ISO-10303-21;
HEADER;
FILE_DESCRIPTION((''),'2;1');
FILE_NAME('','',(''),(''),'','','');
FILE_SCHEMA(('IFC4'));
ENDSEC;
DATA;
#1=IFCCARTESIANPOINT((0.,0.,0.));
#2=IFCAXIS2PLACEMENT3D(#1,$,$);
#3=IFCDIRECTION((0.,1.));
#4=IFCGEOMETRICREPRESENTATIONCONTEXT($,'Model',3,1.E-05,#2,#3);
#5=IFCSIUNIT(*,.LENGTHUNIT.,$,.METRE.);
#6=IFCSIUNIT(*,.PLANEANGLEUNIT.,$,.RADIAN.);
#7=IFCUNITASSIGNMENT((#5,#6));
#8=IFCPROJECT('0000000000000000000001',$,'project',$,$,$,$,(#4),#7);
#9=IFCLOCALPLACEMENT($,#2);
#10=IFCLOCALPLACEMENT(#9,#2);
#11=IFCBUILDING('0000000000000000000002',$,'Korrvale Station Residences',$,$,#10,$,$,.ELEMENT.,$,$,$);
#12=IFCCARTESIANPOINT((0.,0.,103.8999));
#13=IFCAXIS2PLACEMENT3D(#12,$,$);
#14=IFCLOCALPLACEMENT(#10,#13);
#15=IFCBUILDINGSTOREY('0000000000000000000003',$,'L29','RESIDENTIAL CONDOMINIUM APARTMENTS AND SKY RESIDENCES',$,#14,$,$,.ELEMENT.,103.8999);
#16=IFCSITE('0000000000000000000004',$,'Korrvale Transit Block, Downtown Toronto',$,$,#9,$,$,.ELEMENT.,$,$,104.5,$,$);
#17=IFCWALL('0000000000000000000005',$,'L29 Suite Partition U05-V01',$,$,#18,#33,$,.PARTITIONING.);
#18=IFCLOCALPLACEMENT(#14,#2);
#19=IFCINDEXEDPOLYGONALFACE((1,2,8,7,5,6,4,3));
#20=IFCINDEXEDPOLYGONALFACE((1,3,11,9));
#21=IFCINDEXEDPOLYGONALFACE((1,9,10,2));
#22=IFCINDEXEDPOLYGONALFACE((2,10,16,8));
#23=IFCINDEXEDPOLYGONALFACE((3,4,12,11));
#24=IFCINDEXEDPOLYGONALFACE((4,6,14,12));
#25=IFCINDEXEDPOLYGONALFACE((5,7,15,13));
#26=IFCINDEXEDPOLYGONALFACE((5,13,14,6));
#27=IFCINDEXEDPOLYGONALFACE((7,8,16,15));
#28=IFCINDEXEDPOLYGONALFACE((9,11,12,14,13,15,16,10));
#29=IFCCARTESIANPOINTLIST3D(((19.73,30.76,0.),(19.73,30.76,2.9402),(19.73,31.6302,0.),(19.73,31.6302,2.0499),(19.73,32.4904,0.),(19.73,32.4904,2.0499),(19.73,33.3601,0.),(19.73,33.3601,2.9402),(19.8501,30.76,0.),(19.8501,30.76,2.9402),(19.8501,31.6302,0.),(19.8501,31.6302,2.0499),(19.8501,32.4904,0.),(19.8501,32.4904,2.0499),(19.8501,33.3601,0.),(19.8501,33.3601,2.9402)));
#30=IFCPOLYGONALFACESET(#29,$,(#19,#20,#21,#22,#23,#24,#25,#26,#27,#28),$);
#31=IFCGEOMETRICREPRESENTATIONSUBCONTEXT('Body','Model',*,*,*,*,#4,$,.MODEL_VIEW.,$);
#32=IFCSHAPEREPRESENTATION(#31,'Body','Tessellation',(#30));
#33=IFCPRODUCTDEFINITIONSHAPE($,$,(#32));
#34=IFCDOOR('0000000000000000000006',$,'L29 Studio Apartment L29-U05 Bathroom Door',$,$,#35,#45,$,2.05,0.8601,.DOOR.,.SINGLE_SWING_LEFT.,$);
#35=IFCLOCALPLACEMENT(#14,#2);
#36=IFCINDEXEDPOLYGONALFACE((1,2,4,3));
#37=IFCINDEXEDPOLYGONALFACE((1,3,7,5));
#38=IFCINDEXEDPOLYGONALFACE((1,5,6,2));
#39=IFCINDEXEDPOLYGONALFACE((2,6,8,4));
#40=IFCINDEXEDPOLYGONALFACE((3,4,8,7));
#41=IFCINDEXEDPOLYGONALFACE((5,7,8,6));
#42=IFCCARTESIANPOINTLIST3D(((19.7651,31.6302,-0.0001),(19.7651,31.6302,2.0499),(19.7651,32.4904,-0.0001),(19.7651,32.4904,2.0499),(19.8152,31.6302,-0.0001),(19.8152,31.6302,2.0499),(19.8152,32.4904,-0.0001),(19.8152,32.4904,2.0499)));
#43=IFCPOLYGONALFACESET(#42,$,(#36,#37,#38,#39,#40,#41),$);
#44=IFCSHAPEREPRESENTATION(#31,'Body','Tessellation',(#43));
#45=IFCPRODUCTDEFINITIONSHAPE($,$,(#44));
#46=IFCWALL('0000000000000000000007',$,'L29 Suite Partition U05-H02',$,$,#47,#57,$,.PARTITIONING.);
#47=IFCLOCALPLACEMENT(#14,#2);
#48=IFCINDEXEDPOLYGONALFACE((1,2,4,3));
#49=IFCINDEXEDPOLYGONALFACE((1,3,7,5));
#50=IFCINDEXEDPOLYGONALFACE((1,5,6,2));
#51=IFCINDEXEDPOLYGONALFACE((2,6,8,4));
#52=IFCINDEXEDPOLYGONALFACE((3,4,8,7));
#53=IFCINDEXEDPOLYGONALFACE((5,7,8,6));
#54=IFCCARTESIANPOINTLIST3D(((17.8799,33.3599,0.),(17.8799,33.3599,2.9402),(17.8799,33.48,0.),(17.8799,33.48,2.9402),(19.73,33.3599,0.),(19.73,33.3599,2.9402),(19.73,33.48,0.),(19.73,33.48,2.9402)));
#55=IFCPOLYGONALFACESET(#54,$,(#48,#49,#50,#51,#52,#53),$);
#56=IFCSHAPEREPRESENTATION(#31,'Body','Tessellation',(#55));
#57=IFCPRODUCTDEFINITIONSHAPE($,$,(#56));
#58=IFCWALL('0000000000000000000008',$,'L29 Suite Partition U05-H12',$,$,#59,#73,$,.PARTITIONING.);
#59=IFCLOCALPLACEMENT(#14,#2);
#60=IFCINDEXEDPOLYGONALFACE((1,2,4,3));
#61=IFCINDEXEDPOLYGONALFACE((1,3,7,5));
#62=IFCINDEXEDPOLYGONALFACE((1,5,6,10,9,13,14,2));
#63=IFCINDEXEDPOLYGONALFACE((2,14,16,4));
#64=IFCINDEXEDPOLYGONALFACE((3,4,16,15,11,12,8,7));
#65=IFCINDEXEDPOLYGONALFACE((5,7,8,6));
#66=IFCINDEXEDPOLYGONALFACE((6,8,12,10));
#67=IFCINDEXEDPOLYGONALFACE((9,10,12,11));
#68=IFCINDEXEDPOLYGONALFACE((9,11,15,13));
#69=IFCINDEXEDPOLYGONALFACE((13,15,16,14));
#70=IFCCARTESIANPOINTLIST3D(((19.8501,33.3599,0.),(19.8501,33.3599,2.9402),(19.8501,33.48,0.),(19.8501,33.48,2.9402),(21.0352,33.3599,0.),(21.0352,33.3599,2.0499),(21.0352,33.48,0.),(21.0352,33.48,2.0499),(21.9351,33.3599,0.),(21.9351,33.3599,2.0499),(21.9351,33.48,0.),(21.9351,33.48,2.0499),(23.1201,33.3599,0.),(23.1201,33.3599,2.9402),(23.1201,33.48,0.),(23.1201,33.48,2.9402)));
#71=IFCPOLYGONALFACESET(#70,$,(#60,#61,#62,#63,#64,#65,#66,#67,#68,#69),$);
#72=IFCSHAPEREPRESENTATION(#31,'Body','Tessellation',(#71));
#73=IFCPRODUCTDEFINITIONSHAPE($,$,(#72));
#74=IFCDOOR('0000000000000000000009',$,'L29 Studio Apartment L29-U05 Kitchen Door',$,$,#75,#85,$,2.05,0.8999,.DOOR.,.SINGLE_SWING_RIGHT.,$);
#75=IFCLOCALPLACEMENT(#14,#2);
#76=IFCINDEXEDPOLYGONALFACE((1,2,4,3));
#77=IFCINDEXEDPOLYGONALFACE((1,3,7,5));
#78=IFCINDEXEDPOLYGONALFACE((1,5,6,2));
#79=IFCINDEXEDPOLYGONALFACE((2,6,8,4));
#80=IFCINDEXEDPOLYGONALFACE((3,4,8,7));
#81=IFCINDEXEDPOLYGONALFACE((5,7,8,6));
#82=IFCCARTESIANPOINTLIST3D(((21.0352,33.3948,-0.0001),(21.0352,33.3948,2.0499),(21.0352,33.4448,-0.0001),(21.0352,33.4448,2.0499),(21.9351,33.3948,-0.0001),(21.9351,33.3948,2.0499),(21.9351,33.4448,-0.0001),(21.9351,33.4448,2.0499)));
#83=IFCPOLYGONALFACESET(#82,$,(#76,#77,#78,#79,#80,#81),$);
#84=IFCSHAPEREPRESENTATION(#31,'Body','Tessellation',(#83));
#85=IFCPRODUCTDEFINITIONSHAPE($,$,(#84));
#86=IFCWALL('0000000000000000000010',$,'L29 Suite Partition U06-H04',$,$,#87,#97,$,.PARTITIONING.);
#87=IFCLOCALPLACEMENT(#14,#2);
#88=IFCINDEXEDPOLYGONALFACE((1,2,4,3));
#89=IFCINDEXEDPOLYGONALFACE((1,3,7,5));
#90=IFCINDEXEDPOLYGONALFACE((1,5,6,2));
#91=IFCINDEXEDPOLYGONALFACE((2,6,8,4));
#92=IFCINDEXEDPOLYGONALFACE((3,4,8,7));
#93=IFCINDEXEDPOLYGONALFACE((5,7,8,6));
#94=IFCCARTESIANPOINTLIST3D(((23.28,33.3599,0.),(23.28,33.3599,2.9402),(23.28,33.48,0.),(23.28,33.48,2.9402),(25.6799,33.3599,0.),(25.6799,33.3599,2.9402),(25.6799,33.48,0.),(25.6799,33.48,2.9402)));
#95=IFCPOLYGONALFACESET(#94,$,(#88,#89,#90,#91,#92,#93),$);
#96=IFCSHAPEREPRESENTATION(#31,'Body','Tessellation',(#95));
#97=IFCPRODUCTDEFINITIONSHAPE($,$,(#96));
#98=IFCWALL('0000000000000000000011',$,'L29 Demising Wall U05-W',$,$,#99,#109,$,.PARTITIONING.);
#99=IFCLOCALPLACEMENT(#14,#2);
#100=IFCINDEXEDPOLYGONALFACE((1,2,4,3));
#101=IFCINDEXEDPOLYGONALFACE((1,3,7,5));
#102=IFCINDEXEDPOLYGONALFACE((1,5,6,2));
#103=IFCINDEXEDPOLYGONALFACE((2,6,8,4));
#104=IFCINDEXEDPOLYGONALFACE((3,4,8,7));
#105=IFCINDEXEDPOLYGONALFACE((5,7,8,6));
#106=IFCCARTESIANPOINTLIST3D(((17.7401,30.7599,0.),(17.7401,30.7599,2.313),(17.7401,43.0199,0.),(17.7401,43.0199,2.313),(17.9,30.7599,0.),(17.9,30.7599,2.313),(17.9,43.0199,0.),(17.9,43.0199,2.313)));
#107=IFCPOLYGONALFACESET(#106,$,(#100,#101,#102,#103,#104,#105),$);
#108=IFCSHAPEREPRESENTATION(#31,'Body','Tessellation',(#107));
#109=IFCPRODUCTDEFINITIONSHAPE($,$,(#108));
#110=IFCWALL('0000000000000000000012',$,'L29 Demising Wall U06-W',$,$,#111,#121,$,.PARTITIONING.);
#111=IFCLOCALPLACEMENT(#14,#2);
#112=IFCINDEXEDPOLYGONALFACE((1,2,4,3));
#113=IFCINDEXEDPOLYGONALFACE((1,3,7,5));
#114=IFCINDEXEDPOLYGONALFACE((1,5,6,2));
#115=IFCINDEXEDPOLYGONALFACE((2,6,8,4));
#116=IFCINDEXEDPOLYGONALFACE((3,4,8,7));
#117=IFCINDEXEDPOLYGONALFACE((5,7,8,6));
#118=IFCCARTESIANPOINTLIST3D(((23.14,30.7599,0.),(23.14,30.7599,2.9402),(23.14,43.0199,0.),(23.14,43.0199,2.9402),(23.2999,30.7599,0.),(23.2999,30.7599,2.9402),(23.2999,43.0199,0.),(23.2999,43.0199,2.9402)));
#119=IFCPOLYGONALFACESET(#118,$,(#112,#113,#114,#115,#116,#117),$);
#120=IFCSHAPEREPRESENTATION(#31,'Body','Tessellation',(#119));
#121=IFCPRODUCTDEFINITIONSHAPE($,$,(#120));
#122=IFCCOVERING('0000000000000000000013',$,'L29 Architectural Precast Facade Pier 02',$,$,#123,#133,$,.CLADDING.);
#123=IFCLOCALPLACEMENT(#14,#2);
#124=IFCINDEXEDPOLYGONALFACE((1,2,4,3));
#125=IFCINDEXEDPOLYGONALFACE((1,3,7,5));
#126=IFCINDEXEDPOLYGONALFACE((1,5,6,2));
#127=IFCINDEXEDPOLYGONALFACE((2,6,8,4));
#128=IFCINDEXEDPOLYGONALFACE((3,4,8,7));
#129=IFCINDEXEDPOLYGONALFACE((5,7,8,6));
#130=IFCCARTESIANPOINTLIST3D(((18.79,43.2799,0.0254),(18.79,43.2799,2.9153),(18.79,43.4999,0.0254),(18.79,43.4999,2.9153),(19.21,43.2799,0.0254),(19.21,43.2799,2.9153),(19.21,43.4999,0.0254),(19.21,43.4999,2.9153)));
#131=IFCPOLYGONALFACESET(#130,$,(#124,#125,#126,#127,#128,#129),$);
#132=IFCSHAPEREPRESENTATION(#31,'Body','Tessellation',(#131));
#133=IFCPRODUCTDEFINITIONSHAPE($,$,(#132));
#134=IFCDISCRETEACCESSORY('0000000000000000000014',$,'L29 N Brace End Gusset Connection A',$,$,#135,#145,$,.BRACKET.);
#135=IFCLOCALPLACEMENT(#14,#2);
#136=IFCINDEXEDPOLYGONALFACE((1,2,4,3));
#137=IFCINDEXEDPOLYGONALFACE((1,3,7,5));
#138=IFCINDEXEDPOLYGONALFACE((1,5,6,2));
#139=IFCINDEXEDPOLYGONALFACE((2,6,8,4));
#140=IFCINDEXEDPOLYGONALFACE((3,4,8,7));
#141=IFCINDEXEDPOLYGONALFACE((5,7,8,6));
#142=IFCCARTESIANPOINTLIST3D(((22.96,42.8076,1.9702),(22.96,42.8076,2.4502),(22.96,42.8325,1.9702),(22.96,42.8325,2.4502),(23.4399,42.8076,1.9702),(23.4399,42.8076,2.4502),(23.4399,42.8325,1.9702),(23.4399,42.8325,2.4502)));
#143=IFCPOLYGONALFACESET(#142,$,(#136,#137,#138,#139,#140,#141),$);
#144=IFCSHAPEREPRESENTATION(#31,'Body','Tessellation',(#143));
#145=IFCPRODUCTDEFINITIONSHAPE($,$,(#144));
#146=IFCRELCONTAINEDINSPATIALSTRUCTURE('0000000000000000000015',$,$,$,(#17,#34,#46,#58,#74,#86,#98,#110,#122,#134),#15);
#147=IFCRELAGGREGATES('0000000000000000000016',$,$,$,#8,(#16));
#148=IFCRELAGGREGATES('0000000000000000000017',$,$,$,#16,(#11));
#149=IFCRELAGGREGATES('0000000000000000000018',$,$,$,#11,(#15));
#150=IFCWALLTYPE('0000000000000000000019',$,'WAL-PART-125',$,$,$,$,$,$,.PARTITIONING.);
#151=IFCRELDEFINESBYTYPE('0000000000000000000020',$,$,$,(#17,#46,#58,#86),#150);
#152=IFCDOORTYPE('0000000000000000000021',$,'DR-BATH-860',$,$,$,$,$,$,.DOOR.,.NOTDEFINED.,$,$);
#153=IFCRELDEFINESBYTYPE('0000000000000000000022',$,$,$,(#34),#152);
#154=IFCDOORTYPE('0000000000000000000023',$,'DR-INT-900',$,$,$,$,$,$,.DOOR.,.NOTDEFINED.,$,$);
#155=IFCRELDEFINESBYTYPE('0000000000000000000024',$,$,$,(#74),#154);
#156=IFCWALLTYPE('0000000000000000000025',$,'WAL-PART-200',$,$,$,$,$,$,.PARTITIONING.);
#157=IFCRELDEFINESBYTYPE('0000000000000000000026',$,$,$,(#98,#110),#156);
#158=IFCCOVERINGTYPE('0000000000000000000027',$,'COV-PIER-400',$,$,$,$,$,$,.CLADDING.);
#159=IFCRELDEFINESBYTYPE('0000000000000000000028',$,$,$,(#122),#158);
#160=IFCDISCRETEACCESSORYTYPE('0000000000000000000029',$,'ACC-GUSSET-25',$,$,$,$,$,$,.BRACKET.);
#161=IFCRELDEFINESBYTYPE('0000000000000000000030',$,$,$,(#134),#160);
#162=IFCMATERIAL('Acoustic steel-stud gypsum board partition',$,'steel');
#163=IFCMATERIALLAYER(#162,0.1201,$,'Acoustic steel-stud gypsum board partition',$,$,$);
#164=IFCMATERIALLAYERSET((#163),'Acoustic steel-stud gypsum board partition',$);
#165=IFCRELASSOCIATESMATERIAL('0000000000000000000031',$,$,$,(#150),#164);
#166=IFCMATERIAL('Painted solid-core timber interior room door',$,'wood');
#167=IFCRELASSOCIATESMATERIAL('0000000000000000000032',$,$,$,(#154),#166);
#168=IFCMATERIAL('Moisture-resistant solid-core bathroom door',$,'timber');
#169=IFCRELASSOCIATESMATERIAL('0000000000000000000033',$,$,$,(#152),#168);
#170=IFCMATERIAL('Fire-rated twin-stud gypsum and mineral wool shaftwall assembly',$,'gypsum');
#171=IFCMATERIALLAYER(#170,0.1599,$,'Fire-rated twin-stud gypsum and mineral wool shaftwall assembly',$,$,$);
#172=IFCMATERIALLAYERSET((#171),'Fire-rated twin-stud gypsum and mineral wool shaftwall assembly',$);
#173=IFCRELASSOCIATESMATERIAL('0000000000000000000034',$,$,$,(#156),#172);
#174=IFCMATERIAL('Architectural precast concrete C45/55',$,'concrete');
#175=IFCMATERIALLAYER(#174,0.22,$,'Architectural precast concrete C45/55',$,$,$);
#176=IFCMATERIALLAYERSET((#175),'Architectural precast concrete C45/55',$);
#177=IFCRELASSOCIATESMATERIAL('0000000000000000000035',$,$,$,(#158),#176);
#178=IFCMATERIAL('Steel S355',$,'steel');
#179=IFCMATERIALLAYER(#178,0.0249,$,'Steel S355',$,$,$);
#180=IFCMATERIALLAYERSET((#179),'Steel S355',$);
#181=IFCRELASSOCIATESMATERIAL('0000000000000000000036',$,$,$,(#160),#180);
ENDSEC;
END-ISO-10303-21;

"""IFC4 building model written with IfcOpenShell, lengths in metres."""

from ifc_helpers import new_model, si_unit, direction, frame, frame_2d, origin, origin_2d, place, context, subcontext, project, spatial, rectangle, extrude, material, layer, layer_set, type_object, element, fill, save


model = new_model("IFC4")

# Units and contexts
model_context = context("Model", 3, precision=1e-05, world=origin(), true_north=direction((0.0, 1.0)))
body_context = subcontext(model_context, "Body", "Model", "MODEL_VIEW")
ifc_project = project(units=[si_unit("LENGTHUNIT", "METRE"), si_unit("PLANEANGLEUNIT", "RADIAN")], contexts=[model_context])

# Site, building, storey
site_placement = place(None, origin())
site = spatial("IfcSite", under=ifc_project, at=site_placement, Name="Korrvale Transit Block, Downtown Toronto", CompositionType="ELEMENT", RefElevation=104.5)
building_placement = place(site_placement, origin())
building = spatial("IfcBuilding", under=site, at=building_placement, Name="Korrvale Station Residences", CompositionType="ELEMENT")
storey_placement = place(building_placement, frame((0.0, 0.0, 103.8999)))
storey = spatial("IfcBuildingStorey", under=building, at=storey_placement, Name="L29", Description="RESIDENTIAL CONDOMINIUM APARTMENTS AND SKY RESIDENCES", CompositionType="ELEMENT", Elevation=103.8999)

# Shared definitions
ifc_material_1 = material(Name="Steel S355", Category="steel")

# Wall, opening, door
ifc_material_2 = material(Name="Acoustic steel-stud gypsum board partition", Category="steel")
ifc_layer_1 = layer(ifc_material_2, 0.1201, Name="Acoustic steel-stud gypsum board partition")
ifc_layer_set_1 = layer_set([ifc_layer_1], Name="Acoustic steel-stud gypsum board partition")
wall_type_1 = type_object("IfcWallType", Name="WAL-PART-125", PredefinedType="PARTITIONING", material=ifc_layer_set_1)
ifc_material_3 = material(Name="Painted solid-core timber interior room door", Category="wood")
door_type_1 = type_object("IfcDoorType", Name="DR-INT-900", OperationType="NOTDEFINED", PredefinedType="DOOR", material=ifc_material_3)
wall_1_placement = place(storey_placement, frame((19.79, 30.76, 0.0), z_axis=(0.0, 0.0, 1.0), x_axis=(0.0, 1.0, 0.0)))
wall_1 = element("IfcWall", 1, at=wall_1_placement, inside=storey, type_object=wall_type_1, Name="L29 Suite Partition U05-V01", PredefinedType="PARTITIONING", context=body_context, shape_type="SweptSolid", body=[
    extrude(rectangle(XDim=2.6001, YDim=0.1201, at=frame_2d((1.3, 0.0))), origin(), (0.0, 0.0, 1.0), 2.9402),
])
opening_1_placement = place(wall_1_placement, frame((0.8701, 0.0, 0.0)))
opening_1 = element("IfcOpeningElement", 2, at=opening_1_placement, cuts=wall_1, PredefinedType="OPENING", context=body_context, shape_type="SweptSolid", body=[
    extrude(rectangle(XDim=0.8601, YDim=2.05, at=frame_2d((0.4302, 1.0249))), frame((0.0, 0.0701, 0.0), z_axis=(0.0, -1.0, 0.0), x_axis=(1.0, 0.0, 0.0)), (0.0, 0.0, 1.0), 0.1401),
])
ifc_material_4 = material(Name="Moisture-resistant solid-core bathroom door", Category="timber")
door_type_2 = type_object("IfcDoorType", Name="DR-BATH-860", OperationType="NOTDEFINED", PredefinedType="DOOR", material=ifc_material_4)
door_1_placement = place(opening_1_placement, origin())
door_1 = element("IfcDoor", 3, at=door_1_placement, inside=storey, type_object=door_type_2, Name="L29 Studio Apartment L29-U05 Bathroom Door", OperationType="SINGLE_SWING_LEFT", OverallHeight=2.05, OverallWidth=0.8601, PredefinedType="DOOR", context=body_context, shape_type="SweptSolid", body=[
    extrude(rectangle(XDim=0.8601, YDim=2.05, at=frame_2d((0.4302, 1.0249))), frame((0.0, 0.0249, 0.0), z_axis=(0.0, -1.0, 0.0), x_axis=(1.0, 0.0, 0.0)), (0.0, 0.0, 1.0), 0.05),
])
fill(opening_1, door_1)

# Wall
wall_2_placement = place(storey_placement, frame((17.8799, 33.4199, 0.0), z_axis=(0.0, 0.0, 1.0), x_axis=(1.0, 0.0, 0.0)))
element("IfcWall", 4, at=wall_2_placement, inside=storey, type_object=wall_type_1, Name="L29 Suite Partition U05-H02", PredefinedType="PARTITIONING", context=body_context, shape_type="SweptSolid", body=[
    extrude(rectangle(XDim=1.8501, YDim=0.1201, at=frame_2d((0.925, 0.0))), origin(), (0.0, 0.0, 1.0), 2.9402),
])

# Wall, opening, door
wall_3_placement = place(storey_placement, frame((19.8501, 33.4199, 0.0), z_axis=(0.0, 0.0, 1.0), x_axis=(1.0, 0.0, 0.0)))
wall_3 = element("IfcWall", 5, at=wall_3_placement, inside=storey, type_object=wall_type_1, Name="L29 Suite Partition U05-H12", PredefinedType="PARTITIONING", context=body_context, shape_type="SweptSolid", body=[
    extrude(rectangle(XDim=3.27, YDim=0.1201, at=frame_2d((1.635, 0.0))), origin(), (0.0, 0.0, 1.0), 2.9402),
])
opening_2_placement = place(wall_3_placement, frame((1.1851, 0.0, 0.0)))
opening_2 = element("IfcOpeningElement", 6, at=opening_2_placement, cuts=wall_3, PredefinedType="OPENING", context=body_context, shape_type="SweptSolid", body=[
    extrude(rectangle(XDim=0.8999, YDim=2.05, at=frame_2d((0.45, 1.0249))), frame((0.0, 0.0701, 0.0), z_axis=(0.0, -1.0, 0.0), x_axis=(1.0, 0.0, 0.0)), (0.0, 0.0, 1.0), 0.1401),
])
door_2_placement = place(opening_2_placement, origin())
door_2 = element("IfcDoor", 7, at=door_2_placement, inside=storey, type_object=door_type_1, Name="L29 Studio Apartment L29-U05 Kitchen Door", OperationType="SINGLE_SWING_RIGHT", OverallHeight=2.05, OverallWidth=0.8999, PredefinedType="DOOR", context=body_context, shape_type="SweptSolid", body=[
    extrude(rectangle(XDim=0.8999, YDim=2.05, at=frame_2d((0.45, 1.0249))), frame((0.0, 0.0249, 0.0), z_axis=(0.0, -1.0, 0.0), x_axis=(1.0, 0.0, 0.0)), (0.0, 0.0, 1.0), 0.05),
])
fill(opening_2, door_2)

# Walls
wall_4_placement = place(storey_placement, frame((23.28, 33.4199, 0.0), z_axis=(0.0, 0.0, 1.0), x_axis=(1.0, 0.0, 0.0)))
element("IfcWall", 8, at=wall_4_placement, inside=storey, type_object=wall_type_1, Name="L29 Suite Partition U06-H04", PredefinedType="PARTITIONING", context=body_context, shape_type="SweptSolid", body=[
    extrude(rectangle(XDim=2.3999, YDim=0.1201, at=frame_2d((1.2, 0.0))), origin(), (0.0, 0.0, 1.0), 2.9402),
])
ifc_material_5 = material(Name="Fire-rated twin-stud gypsum and mineral wool shaftwall assembly", Category="gypsum")
ifc_layer_2 = layer(ifc_material_5, 0.1599, Name="Fire-rated twin-stud gypsum and mineral wool shaftwall assembly")
ifc_layer_set_2 = layer_set([ifc_layer_2], Name="Fire-rated twin-stud gypsum and mineral wool shaftwall assembly")
wall_type_2 = type_object("IfcWallType", Name="WAL-PART-200", PredefinedType="PARTITIONING", material=ifc_layer_set_2)
wall_5_placement = place(storey_placement, frame((17.8201, 30.76, 0.0), z_axis=(0.0, 0.0, 1.0), x_axis=(0.0, 1.0, 0.0)))
element("IfcWall", 9, at=wall_5_placement, inside=storey, type_object=wall_type_2, Name="L29 Demising Wall U05-W", PredefinedType="PARTITIONING", context=body_context, shape_type="SweptSolid", body=[
    extrude(rectangle(XDim=12.26, YDim=0.1599, at=frame_2d((6.1299, 0.0))), origin(), (0.0, 0.0, 1.0), 2.313),
])
wall_6_placement = place(storey_placement, frame((23.22, 30.76, 0.0), z_axis=(0.0, 0.0, 1.0), x_axis=(0.0, 1.0, 0.0)))
element("IfcWall", 10, at=wall_6_placement, inside=storey, type_object=wall_type_2, Name="L29 Demising Wall U06-W", PredefinedType="PARTITIONING", context=body_context, shape_type="SweptSolid", body=[
    extrude(rectangle(XDim=12.26, YDim=0.1599, at=frame_2d((6.1299, 0.0))), origin(), (0.0, 0.0, 1.0), 2.9402),
])

# Covering
ifc_material_6 = material(Name="Architectural precast concrete C45/55", Category="concrete")
ifc_layer_3 = layer(ifc_material_6, 0.22, Name="Architectural precast concrete C45/55")
ifc_layer_set_3 = layer_set([ifc_layer_3], Name="Architectural precast concrete C45/55")
covering_type = type_object("IfcCoveringType", Name="COV-PIER-400", PredefinedType="CLADDING", material=ifc_layer_set_3)
covering_placement = place(storey_placement, frame((19.0, 43.3899, 0.0254), z_axis=(0.0, 0.0, 1.0), x_axis=(1.0, 0.0, 0.0)))
element("IfcCovering", 11, at=covering_placement, inside=storey, type_object=covering_type, Name="L29 Architectural Precast Facade Pier 02", PredefinedType="CLADDING", context=body_context, shape_type="SweptSolid", body=[
    extrude(rectangle(XDim=0.4199, YDim=0.22, at=origin_2d()), origin(), (0.0, 0.0, 1.0), 2.8899),
])

# Discrete accessory
ifc_layer_4 = layer(ifc_material_1, 0.0249, Name="Steel S355")
ifc_layer_set_4 = layer_set([ifc_layer_4], Name="Steel S355")
discrete_accessory_type = type_object("IfcDiscreteAccessoryType", Name="ACC-GUSSET-25", PredefinedType="BRACKET", material=ifc_layer_set_4)
discrete_accessory_placement = place(storey_placement, frame((23.2, 42.8201, 1.9702), z_axis=(0.0, 0.0, 1.0), x_axis=(1.0, 0.0, 0.0)))
element("IfcDiscreteAccessory", 12, at=discrete_accessory_placement, inside=storey, type_object=discrete_accessory_type, Name="L29 N Brace End Gusset Connection A", PredefinedType="BRACKET", context=body_context, shape_type="SweptSolid", body=[
    extrude(rectangle(XDim=0.48, YDim=0.0249, at=origin_2d()), origin(), (0.0, 0.0, 1.0), 0.48),
])

save(model, "model.ifc")
